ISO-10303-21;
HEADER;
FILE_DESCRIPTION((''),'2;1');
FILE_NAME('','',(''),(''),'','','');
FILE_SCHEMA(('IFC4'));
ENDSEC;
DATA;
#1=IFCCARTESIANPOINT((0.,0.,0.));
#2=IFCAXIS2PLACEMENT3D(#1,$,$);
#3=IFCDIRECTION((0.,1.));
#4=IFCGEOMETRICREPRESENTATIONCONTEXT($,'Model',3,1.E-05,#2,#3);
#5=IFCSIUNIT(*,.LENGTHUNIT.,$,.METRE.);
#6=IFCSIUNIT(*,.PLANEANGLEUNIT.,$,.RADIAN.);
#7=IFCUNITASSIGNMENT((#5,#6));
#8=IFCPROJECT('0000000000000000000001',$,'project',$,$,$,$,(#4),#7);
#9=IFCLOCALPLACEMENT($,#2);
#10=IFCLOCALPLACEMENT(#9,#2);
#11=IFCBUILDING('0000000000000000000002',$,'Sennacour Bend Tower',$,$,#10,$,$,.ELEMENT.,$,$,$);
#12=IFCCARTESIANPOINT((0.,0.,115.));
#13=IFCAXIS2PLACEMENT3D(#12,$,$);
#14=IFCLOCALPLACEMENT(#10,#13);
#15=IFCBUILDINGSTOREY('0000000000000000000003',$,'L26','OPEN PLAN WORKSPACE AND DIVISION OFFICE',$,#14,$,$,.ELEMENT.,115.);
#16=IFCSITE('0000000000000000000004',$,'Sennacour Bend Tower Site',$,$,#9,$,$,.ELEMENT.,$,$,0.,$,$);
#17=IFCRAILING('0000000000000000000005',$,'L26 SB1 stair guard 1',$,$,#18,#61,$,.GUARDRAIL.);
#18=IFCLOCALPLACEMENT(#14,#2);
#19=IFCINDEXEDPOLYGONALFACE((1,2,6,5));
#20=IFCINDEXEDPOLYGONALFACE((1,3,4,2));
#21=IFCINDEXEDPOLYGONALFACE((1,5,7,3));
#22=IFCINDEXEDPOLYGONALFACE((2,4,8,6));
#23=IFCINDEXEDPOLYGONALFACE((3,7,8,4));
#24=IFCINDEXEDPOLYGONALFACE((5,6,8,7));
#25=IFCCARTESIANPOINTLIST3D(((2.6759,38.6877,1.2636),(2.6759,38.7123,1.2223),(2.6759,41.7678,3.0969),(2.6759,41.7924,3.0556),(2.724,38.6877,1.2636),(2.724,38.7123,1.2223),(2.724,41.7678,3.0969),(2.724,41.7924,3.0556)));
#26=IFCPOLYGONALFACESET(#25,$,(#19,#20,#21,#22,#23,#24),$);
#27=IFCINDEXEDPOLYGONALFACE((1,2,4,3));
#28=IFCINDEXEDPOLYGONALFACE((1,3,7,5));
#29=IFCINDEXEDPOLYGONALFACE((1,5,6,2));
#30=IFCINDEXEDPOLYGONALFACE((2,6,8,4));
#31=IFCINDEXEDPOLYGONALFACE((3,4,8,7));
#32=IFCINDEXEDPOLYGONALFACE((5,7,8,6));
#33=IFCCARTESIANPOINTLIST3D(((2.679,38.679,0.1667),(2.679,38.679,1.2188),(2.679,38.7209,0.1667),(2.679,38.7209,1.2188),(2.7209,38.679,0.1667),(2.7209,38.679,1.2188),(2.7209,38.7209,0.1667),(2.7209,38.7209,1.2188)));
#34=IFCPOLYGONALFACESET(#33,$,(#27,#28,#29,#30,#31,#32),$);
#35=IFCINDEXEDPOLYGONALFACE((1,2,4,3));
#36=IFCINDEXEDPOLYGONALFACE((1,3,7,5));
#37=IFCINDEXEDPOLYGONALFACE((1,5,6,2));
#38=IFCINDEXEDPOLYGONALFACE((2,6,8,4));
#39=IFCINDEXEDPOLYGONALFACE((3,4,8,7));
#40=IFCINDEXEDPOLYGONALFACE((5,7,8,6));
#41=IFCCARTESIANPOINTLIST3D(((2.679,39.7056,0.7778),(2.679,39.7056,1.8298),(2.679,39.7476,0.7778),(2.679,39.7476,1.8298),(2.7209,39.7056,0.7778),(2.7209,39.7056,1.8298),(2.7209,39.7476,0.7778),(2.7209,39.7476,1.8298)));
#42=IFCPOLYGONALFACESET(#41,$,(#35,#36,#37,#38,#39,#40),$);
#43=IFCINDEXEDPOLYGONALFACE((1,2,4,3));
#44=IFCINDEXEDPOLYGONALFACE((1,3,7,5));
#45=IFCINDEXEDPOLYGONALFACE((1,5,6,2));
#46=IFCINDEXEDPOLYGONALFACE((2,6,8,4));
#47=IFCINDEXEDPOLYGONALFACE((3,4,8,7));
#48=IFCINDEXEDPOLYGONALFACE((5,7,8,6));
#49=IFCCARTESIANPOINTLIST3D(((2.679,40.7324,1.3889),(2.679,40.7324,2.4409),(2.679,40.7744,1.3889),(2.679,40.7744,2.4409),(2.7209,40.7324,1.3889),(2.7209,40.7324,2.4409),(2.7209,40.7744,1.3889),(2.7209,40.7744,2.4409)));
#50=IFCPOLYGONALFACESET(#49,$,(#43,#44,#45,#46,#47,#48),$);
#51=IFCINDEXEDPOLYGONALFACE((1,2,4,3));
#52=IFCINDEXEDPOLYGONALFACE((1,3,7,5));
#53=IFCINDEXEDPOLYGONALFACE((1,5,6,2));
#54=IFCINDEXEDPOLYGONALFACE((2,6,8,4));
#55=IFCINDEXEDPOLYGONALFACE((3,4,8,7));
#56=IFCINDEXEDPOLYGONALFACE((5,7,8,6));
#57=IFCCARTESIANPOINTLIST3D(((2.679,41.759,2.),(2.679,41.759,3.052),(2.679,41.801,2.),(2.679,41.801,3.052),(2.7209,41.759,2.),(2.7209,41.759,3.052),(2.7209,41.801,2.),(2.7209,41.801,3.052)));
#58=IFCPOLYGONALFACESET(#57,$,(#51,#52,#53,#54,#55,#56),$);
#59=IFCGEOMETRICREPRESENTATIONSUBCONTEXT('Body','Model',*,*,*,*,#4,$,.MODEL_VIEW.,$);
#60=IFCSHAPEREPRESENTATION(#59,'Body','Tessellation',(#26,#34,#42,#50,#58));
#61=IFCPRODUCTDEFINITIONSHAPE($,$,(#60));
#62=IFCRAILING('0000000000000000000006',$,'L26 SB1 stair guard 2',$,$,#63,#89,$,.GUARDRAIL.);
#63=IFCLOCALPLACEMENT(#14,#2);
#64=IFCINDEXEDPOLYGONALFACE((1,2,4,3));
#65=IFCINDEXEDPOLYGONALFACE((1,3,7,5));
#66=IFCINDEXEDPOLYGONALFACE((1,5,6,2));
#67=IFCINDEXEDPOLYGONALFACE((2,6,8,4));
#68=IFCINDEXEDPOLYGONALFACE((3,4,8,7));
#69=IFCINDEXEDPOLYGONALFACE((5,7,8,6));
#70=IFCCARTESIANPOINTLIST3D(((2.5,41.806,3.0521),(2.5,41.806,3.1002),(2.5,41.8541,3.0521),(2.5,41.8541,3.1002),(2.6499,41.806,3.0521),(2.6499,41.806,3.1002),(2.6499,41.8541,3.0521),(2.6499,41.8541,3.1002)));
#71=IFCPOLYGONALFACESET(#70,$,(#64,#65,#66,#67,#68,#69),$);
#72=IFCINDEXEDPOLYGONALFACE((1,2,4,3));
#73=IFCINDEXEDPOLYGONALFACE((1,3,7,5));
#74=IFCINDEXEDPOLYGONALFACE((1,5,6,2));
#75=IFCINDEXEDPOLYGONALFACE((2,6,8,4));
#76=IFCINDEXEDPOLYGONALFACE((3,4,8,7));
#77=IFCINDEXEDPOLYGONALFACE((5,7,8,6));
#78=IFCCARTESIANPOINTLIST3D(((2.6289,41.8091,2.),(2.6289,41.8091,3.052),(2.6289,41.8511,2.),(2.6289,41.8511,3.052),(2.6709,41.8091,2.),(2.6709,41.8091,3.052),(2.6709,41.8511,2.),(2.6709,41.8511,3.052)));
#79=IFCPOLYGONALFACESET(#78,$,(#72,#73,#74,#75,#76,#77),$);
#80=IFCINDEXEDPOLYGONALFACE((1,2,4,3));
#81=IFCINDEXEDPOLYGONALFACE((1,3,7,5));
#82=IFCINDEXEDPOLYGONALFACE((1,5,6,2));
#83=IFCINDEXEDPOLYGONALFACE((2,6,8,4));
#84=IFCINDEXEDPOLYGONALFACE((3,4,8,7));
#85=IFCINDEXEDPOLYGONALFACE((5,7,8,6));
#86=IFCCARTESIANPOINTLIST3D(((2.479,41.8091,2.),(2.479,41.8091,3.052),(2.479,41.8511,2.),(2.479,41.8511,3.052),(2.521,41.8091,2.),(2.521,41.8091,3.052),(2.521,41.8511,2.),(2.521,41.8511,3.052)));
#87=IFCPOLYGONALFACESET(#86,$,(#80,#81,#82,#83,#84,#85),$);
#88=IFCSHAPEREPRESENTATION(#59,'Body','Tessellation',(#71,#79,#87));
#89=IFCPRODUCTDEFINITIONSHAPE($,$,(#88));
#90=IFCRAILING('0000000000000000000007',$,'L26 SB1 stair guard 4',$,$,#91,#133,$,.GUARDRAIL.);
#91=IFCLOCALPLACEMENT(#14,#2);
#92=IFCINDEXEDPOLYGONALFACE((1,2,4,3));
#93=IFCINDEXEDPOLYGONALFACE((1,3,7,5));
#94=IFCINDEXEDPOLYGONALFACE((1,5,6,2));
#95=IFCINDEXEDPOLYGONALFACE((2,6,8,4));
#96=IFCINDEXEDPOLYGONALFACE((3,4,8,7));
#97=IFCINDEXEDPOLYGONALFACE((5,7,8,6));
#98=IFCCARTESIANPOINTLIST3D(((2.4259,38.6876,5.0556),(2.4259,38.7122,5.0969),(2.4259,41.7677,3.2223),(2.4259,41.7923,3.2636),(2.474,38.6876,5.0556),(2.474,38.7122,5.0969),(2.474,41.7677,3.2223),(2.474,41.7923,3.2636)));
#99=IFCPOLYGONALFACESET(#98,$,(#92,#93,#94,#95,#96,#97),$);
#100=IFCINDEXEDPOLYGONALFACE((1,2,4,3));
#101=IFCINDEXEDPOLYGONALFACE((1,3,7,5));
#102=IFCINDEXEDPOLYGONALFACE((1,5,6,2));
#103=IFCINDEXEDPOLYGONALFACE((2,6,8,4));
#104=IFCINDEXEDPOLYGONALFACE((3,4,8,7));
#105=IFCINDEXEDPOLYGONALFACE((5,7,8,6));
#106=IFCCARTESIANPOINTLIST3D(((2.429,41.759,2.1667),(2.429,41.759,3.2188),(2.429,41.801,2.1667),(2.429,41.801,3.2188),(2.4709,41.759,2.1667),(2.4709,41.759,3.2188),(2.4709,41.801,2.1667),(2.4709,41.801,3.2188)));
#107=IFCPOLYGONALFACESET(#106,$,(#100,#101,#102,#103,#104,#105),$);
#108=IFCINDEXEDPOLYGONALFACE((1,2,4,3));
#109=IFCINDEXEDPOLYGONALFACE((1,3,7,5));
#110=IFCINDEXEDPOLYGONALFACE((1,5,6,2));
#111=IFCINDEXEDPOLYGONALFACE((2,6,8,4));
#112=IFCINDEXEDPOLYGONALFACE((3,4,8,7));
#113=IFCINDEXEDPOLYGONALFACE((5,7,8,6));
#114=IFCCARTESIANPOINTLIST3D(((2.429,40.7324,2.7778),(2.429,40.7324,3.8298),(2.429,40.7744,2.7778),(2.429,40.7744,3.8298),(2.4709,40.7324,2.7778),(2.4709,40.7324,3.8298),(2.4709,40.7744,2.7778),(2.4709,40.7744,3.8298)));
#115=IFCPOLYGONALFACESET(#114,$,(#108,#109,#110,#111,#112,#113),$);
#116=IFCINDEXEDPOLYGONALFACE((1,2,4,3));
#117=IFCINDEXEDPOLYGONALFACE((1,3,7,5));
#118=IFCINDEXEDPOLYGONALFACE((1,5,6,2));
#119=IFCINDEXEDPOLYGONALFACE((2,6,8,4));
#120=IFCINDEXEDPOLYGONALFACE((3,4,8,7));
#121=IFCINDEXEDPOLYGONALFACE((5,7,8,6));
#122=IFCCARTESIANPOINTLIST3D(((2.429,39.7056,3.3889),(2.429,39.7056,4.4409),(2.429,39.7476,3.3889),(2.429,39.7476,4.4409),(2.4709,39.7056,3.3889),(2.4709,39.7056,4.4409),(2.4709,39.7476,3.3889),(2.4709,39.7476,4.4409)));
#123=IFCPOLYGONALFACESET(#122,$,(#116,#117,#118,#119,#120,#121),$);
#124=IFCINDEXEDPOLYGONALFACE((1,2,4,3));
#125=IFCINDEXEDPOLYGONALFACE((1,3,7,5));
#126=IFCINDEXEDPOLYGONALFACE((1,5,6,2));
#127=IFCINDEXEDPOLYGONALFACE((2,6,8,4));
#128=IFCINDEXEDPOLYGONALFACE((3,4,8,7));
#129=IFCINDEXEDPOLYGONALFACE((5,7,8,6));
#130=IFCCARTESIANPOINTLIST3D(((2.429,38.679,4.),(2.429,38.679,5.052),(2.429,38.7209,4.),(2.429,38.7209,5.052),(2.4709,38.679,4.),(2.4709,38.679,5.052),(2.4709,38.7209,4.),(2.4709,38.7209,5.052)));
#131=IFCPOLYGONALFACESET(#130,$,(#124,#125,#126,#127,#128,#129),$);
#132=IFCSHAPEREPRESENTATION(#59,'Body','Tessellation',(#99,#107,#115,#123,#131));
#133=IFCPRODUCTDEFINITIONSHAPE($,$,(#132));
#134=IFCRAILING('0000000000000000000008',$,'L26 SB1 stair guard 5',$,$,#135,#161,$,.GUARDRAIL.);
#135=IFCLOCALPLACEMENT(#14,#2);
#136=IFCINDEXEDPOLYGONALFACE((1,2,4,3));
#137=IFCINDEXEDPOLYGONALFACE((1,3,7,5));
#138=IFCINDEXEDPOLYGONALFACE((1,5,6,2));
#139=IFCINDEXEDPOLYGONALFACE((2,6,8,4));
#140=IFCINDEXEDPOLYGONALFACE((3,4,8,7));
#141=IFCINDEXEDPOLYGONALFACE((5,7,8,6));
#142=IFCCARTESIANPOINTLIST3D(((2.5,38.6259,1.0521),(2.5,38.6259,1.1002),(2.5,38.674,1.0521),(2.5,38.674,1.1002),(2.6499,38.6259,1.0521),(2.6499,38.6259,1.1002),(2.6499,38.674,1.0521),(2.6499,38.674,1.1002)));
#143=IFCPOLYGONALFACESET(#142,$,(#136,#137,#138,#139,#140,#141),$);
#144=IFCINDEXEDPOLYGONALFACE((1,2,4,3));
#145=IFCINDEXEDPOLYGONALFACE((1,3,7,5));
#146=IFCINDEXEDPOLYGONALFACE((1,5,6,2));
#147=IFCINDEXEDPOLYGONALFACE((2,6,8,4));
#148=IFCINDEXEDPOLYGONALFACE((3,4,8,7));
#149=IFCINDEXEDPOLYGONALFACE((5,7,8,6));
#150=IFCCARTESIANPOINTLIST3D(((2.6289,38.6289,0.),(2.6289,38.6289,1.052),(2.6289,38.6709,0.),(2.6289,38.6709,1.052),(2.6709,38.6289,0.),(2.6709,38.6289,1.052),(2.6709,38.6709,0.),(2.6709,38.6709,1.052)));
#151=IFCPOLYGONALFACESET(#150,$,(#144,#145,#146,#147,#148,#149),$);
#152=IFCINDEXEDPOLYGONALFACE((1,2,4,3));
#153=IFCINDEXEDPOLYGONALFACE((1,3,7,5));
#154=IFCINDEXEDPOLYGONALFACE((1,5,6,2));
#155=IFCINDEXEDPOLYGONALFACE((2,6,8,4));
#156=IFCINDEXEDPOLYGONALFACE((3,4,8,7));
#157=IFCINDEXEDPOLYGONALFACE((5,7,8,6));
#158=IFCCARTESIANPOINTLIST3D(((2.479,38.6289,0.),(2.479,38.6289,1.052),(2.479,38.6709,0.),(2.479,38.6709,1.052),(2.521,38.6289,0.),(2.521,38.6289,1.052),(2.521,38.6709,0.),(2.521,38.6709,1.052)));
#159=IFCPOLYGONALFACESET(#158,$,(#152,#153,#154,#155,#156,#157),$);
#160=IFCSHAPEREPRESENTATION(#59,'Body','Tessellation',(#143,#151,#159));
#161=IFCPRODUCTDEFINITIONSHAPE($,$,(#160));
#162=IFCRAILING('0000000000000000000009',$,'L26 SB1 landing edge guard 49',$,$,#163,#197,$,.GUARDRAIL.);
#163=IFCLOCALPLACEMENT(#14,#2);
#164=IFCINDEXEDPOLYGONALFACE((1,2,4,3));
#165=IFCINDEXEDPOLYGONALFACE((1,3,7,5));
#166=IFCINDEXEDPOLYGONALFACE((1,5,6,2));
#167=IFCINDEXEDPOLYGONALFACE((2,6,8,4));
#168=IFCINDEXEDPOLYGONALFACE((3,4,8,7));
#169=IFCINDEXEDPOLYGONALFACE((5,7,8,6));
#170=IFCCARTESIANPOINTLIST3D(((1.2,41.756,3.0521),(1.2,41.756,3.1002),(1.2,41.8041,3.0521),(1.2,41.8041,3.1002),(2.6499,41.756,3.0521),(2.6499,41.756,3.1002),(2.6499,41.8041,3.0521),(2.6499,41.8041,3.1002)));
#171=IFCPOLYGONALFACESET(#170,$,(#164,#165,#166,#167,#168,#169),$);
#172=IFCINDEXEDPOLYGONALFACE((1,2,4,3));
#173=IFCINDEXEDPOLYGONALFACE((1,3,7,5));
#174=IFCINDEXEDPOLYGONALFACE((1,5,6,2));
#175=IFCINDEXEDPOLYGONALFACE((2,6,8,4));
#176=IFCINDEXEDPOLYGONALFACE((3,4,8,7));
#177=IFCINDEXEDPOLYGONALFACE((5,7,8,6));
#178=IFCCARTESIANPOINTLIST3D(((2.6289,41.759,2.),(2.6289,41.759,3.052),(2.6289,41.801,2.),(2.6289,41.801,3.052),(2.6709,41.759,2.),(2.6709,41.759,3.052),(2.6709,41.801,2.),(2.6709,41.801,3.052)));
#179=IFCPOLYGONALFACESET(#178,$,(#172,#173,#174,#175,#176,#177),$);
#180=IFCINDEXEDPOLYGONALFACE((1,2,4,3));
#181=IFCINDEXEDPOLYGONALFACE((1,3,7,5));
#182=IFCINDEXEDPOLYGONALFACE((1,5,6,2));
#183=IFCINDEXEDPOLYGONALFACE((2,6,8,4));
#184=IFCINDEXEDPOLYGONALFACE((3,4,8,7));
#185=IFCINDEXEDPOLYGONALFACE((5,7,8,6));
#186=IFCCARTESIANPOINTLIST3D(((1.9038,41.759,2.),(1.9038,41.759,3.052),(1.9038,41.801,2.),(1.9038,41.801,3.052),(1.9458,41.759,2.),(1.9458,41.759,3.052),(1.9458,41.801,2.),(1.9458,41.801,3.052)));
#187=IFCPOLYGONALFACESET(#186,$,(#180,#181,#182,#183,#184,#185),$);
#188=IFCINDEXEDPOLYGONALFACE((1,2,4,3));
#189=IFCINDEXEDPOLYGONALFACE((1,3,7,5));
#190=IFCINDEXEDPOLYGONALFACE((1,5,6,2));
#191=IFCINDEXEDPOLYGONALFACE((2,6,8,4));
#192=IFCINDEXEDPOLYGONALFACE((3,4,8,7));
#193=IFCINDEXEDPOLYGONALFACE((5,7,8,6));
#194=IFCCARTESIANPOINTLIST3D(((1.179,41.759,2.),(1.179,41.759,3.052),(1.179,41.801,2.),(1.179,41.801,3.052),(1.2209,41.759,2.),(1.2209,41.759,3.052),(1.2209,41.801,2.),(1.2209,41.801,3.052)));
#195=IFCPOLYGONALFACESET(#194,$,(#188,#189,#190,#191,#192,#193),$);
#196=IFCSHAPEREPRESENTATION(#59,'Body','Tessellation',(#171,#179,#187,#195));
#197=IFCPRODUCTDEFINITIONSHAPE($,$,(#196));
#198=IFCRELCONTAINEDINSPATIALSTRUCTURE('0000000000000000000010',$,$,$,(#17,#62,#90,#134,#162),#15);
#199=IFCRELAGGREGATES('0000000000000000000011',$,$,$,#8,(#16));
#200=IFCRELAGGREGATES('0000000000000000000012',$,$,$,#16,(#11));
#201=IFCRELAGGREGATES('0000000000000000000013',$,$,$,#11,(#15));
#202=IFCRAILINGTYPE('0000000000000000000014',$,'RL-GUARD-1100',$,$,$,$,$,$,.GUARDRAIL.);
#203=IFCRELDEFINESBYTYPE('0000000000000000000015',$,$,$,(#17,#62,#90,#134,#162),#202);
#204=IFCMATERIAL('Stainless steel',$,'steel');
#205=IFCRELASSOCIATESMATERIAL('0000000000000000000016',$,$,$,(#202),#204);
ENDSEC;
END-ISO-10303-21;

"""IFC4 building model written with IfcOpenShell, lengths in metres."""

from ifc_helpers import new_model, si_unit, direction, frame, origin, origin_2d, place, context, subcontext, project, spatial, rectangle, extrude, material, type_object, element, save


model = new_model("IFC4")

# Units and contexts
model_context = context("Model", 3, precision=1e-05, world=origin(), true_north=direction((0.0, 1.0)))
body_context = subcontext(model_context, "Body", "Model", "MODEL_VIEW")
ifc_project = project(units=[si_unit("LENGTHUNIT", "METRE"), si_unit("PLANEANGLEUNIT", "RADIAN")], contexts=[model_context])

# Site, building, storey
site_placement = place(None, origin())
site = spatial("IfcSite", under=ifc_project, at=site_placement, Name="Sennacour Bend Tower Site", CompositionType="ELEMENT", RefElevation=0.0)
building_placement = place(site_placement, origin())
building = spatial("IfcBuilding", under=site, at=building_placement, Name="Sennacour Bend Tower", CompositionType="ELEMENT")
storey_placement = place(building_placement, frame((0.0, 0.0, 115.0)))
storey = spatial("IfcBuildingStorey", under=building, at=storey_placement, Name="L26", Description="OPEN PLAN WORKSPACE AND DIVISION OFFICE", CompositionType="ELEMENT", Elevation=115.0)

# Shared definitions
ifc_material_1 = material(Name="Stainless steel", Category="steel")

# Railings
railing_type_1 = type_object("IfcRailingType", Name="RL-GUARD-1100", PredefinedType="GUARDRAIL", material=ifc_material_1)
railing_1_placement = place(storey_placement, frame((2.7, 38.7, 0.1667)))
element("IfcRailing", 1, at=railing_1_placement, inside=storey, type_object=railing_type_1, Name="L26 SB1 stair guard 1", PredefinedType="GUARDRAIL", context=body_context, shape_type="SweptSolid", body=[
    extrude(rectangle(XDim=0.0481, YDim=0.0481, at=origin_2d()), frame((0.0, 0.0, 1.0762), z_axis=(0.0, 0.859309, 0.511458), x_axis=(-1.0, 0.0, 0.0)), (0.0, 0.0, 1.0), 3.5845),
    extrude(rectangle(XDim=0.042, YDim=0.042, at=origin_2d()), origin(), (0.0, 0.0, 1.0), 1.052),
    extrude(rectangle(XDim=0.042, YDim=0.042, at=origin_2d()), frame((0.0, 1.0266, 0.6111)), (0.0, 0.0, 1.0), 1.052),
    extrude(rectangle(XDim=0.042, YDim=0.042, at=origin_2d()), frame((0.0, 2.0535, 1.2222)), (0.0, 0.0, 1.0), 1.052),
    extrude(rectangle(XDim=0.042, YDim=0.042, at=origin_2d()), frame((0.0, 3.0801, 1.8333)), (0.0, 0.0, 1.0), 1.052),
])
railing_2_placement = place(storey_placement, frame((2.6499, 41.8301, 2.0)))
element("IfcRailing", 2, at=railing_2_placement, inside=storey, type_object=railing_type_1, Name="L26 SB1 stair guard 2", PredefinedType="GUARDRAIL", context=body_context, shape_type="SweptSolid", body=[
    extrude(rectangle(XDim=0.0481, YDim=0.0481, at=origin_2d()), frame((0.0, 0.0, 1.0762), z_axis=(-1.0, 0.0, 0.0), x_axis=(0.0, -1.0, 0.0)), (0.0, 0.0, 1.0), 0.1499),
    extrude(rectangle(XDim=0.042, YDim=0.042, at=origin_2d()), origin(), (0.0, 0.0, 1.0), 1.052),
    extrude(rectangle(XDim=0.042, YDim=0.042, at=origin_2d()), frame((-0.1499, 0.0, 0.0)), (0.0, 0.0, 1.0), 1.052),
])
railing_3_placement = place(storey_placement, frame((2.45, 41.78, 2.1667)))
element("IfcRailing", 3, at=railing_3_placement, inside=storey, type_object=railing_type_1, Name="L26 SB1 stair guard 4", PredefinedType="GUARDRAIL", context=body_context, shape_type="SweptSolid", body=[
    extrude(rectangle(XDim=0.0481, YDim=0.0481, at=origin_2d()), frame((0.0, 0.0, 1.0762), z_axis=(0.0, -0.859309, 0.511458), x_axis=(1.0, 0.0, 0.0)), (0.0, 0.0, 1.0), 3.5845),
    extrude(rectangle(XDim=0.042, YDim=0.042, at=origin_2d()), origin(), (0.0, 0.0, 1.0), 1.052),
    extrude(rectangle(XDim=0.042, YDim=0.042, at=origin_2d()), frame((0.0, -1.0266, 0.6111)), (0.0, 0.0, 1.0), 1.052),
    extrude(rectangle(XDim=0.042, YDim=0.042, at=origin_2d()), frame((0.0, -2.0535, 1.2222)), (0.0, 0.0, 1.0), 1.052),
    extrude(rectangle(XDim=0.042, YDim=0.042, at=origin_2d()), frame((0.0, -3.0801, 1.8333)), (0.0, 0.0, 1.0), 1.052),
])
railing_4_placement = place(storey_placement, frame((2.6499, 38.6499, 0.0)))
element("IfcRailing", 4, at=railing_4_placement, inside=storey, type_object=railing_type_1, Name="L26 SB1 stair guard 5", PredefinedType="GUARDRAIL", context=body_context, shape_type="SweptSolid", body=[
    extrude(rectangle(XDim=0.0481, YDim=0.0481, at=origin_2d()), frame((0.0, 0.0, 1.0762), z_axis=(-1.0, 0.0, 0.0), x_axis=(0.0, -1.0, 0.0)), (0.0, 0.0, 1.0), 0.1499),
    extrude(rectangle(XDim=0.042, YDim=0.042, at=origin_2d()), origin(), (0.0, 0.0, 1.0), 1.052),
    extrude(rectangle(XDim=0.042, YDim=0.042, at=origin_2d()), frame((-0.1499, 0.0, 0.0)), (0.0, 0.0, 1.0), 1.052),
])
railing_5_placement = place(storey_placement, frame((2.6499, 41.78, 2.0)))
element("IfcRailing", 5, at=railing_5_placement, inside=storey, type_object=railing_type_1, Name="L26 SB1 landing edge guard 49", PredefinedType="GUARDRAIL", context=body_context, shape_type="SweptSolid", body=[
    extrude(rectangle(XDim=0.0481, YDim=0.0481, at=origin_2d()), frame((0.0, 0.0, 1.0762), z_axis=(-1.0, 0.0, 0.0), x_axis=(0.0, -1.0, 0.0)), (0.0, 0.0, 1.0), 1.45),
    extrude(rectangle(XDim=0.042, YDim=0.042, at=origin_2d()), origin(), (0.0, 0.0, 1.0), 1.052),
    extrude(rectangle(XDim=0.042, YDim=0.042, at=origin_2d()), frame((-0.7251, 0.0, 0.0)), (0.0, 0.0, 1.0), 1.052),
    extrude(rectangle(XDim=0.042, YDim=0.042, at=origin_2d()), frame((-1.45, 0.0, 0.0)), (0.0, 0.0, 1.0), 1.052),
])

save(model, "model.ifc")
